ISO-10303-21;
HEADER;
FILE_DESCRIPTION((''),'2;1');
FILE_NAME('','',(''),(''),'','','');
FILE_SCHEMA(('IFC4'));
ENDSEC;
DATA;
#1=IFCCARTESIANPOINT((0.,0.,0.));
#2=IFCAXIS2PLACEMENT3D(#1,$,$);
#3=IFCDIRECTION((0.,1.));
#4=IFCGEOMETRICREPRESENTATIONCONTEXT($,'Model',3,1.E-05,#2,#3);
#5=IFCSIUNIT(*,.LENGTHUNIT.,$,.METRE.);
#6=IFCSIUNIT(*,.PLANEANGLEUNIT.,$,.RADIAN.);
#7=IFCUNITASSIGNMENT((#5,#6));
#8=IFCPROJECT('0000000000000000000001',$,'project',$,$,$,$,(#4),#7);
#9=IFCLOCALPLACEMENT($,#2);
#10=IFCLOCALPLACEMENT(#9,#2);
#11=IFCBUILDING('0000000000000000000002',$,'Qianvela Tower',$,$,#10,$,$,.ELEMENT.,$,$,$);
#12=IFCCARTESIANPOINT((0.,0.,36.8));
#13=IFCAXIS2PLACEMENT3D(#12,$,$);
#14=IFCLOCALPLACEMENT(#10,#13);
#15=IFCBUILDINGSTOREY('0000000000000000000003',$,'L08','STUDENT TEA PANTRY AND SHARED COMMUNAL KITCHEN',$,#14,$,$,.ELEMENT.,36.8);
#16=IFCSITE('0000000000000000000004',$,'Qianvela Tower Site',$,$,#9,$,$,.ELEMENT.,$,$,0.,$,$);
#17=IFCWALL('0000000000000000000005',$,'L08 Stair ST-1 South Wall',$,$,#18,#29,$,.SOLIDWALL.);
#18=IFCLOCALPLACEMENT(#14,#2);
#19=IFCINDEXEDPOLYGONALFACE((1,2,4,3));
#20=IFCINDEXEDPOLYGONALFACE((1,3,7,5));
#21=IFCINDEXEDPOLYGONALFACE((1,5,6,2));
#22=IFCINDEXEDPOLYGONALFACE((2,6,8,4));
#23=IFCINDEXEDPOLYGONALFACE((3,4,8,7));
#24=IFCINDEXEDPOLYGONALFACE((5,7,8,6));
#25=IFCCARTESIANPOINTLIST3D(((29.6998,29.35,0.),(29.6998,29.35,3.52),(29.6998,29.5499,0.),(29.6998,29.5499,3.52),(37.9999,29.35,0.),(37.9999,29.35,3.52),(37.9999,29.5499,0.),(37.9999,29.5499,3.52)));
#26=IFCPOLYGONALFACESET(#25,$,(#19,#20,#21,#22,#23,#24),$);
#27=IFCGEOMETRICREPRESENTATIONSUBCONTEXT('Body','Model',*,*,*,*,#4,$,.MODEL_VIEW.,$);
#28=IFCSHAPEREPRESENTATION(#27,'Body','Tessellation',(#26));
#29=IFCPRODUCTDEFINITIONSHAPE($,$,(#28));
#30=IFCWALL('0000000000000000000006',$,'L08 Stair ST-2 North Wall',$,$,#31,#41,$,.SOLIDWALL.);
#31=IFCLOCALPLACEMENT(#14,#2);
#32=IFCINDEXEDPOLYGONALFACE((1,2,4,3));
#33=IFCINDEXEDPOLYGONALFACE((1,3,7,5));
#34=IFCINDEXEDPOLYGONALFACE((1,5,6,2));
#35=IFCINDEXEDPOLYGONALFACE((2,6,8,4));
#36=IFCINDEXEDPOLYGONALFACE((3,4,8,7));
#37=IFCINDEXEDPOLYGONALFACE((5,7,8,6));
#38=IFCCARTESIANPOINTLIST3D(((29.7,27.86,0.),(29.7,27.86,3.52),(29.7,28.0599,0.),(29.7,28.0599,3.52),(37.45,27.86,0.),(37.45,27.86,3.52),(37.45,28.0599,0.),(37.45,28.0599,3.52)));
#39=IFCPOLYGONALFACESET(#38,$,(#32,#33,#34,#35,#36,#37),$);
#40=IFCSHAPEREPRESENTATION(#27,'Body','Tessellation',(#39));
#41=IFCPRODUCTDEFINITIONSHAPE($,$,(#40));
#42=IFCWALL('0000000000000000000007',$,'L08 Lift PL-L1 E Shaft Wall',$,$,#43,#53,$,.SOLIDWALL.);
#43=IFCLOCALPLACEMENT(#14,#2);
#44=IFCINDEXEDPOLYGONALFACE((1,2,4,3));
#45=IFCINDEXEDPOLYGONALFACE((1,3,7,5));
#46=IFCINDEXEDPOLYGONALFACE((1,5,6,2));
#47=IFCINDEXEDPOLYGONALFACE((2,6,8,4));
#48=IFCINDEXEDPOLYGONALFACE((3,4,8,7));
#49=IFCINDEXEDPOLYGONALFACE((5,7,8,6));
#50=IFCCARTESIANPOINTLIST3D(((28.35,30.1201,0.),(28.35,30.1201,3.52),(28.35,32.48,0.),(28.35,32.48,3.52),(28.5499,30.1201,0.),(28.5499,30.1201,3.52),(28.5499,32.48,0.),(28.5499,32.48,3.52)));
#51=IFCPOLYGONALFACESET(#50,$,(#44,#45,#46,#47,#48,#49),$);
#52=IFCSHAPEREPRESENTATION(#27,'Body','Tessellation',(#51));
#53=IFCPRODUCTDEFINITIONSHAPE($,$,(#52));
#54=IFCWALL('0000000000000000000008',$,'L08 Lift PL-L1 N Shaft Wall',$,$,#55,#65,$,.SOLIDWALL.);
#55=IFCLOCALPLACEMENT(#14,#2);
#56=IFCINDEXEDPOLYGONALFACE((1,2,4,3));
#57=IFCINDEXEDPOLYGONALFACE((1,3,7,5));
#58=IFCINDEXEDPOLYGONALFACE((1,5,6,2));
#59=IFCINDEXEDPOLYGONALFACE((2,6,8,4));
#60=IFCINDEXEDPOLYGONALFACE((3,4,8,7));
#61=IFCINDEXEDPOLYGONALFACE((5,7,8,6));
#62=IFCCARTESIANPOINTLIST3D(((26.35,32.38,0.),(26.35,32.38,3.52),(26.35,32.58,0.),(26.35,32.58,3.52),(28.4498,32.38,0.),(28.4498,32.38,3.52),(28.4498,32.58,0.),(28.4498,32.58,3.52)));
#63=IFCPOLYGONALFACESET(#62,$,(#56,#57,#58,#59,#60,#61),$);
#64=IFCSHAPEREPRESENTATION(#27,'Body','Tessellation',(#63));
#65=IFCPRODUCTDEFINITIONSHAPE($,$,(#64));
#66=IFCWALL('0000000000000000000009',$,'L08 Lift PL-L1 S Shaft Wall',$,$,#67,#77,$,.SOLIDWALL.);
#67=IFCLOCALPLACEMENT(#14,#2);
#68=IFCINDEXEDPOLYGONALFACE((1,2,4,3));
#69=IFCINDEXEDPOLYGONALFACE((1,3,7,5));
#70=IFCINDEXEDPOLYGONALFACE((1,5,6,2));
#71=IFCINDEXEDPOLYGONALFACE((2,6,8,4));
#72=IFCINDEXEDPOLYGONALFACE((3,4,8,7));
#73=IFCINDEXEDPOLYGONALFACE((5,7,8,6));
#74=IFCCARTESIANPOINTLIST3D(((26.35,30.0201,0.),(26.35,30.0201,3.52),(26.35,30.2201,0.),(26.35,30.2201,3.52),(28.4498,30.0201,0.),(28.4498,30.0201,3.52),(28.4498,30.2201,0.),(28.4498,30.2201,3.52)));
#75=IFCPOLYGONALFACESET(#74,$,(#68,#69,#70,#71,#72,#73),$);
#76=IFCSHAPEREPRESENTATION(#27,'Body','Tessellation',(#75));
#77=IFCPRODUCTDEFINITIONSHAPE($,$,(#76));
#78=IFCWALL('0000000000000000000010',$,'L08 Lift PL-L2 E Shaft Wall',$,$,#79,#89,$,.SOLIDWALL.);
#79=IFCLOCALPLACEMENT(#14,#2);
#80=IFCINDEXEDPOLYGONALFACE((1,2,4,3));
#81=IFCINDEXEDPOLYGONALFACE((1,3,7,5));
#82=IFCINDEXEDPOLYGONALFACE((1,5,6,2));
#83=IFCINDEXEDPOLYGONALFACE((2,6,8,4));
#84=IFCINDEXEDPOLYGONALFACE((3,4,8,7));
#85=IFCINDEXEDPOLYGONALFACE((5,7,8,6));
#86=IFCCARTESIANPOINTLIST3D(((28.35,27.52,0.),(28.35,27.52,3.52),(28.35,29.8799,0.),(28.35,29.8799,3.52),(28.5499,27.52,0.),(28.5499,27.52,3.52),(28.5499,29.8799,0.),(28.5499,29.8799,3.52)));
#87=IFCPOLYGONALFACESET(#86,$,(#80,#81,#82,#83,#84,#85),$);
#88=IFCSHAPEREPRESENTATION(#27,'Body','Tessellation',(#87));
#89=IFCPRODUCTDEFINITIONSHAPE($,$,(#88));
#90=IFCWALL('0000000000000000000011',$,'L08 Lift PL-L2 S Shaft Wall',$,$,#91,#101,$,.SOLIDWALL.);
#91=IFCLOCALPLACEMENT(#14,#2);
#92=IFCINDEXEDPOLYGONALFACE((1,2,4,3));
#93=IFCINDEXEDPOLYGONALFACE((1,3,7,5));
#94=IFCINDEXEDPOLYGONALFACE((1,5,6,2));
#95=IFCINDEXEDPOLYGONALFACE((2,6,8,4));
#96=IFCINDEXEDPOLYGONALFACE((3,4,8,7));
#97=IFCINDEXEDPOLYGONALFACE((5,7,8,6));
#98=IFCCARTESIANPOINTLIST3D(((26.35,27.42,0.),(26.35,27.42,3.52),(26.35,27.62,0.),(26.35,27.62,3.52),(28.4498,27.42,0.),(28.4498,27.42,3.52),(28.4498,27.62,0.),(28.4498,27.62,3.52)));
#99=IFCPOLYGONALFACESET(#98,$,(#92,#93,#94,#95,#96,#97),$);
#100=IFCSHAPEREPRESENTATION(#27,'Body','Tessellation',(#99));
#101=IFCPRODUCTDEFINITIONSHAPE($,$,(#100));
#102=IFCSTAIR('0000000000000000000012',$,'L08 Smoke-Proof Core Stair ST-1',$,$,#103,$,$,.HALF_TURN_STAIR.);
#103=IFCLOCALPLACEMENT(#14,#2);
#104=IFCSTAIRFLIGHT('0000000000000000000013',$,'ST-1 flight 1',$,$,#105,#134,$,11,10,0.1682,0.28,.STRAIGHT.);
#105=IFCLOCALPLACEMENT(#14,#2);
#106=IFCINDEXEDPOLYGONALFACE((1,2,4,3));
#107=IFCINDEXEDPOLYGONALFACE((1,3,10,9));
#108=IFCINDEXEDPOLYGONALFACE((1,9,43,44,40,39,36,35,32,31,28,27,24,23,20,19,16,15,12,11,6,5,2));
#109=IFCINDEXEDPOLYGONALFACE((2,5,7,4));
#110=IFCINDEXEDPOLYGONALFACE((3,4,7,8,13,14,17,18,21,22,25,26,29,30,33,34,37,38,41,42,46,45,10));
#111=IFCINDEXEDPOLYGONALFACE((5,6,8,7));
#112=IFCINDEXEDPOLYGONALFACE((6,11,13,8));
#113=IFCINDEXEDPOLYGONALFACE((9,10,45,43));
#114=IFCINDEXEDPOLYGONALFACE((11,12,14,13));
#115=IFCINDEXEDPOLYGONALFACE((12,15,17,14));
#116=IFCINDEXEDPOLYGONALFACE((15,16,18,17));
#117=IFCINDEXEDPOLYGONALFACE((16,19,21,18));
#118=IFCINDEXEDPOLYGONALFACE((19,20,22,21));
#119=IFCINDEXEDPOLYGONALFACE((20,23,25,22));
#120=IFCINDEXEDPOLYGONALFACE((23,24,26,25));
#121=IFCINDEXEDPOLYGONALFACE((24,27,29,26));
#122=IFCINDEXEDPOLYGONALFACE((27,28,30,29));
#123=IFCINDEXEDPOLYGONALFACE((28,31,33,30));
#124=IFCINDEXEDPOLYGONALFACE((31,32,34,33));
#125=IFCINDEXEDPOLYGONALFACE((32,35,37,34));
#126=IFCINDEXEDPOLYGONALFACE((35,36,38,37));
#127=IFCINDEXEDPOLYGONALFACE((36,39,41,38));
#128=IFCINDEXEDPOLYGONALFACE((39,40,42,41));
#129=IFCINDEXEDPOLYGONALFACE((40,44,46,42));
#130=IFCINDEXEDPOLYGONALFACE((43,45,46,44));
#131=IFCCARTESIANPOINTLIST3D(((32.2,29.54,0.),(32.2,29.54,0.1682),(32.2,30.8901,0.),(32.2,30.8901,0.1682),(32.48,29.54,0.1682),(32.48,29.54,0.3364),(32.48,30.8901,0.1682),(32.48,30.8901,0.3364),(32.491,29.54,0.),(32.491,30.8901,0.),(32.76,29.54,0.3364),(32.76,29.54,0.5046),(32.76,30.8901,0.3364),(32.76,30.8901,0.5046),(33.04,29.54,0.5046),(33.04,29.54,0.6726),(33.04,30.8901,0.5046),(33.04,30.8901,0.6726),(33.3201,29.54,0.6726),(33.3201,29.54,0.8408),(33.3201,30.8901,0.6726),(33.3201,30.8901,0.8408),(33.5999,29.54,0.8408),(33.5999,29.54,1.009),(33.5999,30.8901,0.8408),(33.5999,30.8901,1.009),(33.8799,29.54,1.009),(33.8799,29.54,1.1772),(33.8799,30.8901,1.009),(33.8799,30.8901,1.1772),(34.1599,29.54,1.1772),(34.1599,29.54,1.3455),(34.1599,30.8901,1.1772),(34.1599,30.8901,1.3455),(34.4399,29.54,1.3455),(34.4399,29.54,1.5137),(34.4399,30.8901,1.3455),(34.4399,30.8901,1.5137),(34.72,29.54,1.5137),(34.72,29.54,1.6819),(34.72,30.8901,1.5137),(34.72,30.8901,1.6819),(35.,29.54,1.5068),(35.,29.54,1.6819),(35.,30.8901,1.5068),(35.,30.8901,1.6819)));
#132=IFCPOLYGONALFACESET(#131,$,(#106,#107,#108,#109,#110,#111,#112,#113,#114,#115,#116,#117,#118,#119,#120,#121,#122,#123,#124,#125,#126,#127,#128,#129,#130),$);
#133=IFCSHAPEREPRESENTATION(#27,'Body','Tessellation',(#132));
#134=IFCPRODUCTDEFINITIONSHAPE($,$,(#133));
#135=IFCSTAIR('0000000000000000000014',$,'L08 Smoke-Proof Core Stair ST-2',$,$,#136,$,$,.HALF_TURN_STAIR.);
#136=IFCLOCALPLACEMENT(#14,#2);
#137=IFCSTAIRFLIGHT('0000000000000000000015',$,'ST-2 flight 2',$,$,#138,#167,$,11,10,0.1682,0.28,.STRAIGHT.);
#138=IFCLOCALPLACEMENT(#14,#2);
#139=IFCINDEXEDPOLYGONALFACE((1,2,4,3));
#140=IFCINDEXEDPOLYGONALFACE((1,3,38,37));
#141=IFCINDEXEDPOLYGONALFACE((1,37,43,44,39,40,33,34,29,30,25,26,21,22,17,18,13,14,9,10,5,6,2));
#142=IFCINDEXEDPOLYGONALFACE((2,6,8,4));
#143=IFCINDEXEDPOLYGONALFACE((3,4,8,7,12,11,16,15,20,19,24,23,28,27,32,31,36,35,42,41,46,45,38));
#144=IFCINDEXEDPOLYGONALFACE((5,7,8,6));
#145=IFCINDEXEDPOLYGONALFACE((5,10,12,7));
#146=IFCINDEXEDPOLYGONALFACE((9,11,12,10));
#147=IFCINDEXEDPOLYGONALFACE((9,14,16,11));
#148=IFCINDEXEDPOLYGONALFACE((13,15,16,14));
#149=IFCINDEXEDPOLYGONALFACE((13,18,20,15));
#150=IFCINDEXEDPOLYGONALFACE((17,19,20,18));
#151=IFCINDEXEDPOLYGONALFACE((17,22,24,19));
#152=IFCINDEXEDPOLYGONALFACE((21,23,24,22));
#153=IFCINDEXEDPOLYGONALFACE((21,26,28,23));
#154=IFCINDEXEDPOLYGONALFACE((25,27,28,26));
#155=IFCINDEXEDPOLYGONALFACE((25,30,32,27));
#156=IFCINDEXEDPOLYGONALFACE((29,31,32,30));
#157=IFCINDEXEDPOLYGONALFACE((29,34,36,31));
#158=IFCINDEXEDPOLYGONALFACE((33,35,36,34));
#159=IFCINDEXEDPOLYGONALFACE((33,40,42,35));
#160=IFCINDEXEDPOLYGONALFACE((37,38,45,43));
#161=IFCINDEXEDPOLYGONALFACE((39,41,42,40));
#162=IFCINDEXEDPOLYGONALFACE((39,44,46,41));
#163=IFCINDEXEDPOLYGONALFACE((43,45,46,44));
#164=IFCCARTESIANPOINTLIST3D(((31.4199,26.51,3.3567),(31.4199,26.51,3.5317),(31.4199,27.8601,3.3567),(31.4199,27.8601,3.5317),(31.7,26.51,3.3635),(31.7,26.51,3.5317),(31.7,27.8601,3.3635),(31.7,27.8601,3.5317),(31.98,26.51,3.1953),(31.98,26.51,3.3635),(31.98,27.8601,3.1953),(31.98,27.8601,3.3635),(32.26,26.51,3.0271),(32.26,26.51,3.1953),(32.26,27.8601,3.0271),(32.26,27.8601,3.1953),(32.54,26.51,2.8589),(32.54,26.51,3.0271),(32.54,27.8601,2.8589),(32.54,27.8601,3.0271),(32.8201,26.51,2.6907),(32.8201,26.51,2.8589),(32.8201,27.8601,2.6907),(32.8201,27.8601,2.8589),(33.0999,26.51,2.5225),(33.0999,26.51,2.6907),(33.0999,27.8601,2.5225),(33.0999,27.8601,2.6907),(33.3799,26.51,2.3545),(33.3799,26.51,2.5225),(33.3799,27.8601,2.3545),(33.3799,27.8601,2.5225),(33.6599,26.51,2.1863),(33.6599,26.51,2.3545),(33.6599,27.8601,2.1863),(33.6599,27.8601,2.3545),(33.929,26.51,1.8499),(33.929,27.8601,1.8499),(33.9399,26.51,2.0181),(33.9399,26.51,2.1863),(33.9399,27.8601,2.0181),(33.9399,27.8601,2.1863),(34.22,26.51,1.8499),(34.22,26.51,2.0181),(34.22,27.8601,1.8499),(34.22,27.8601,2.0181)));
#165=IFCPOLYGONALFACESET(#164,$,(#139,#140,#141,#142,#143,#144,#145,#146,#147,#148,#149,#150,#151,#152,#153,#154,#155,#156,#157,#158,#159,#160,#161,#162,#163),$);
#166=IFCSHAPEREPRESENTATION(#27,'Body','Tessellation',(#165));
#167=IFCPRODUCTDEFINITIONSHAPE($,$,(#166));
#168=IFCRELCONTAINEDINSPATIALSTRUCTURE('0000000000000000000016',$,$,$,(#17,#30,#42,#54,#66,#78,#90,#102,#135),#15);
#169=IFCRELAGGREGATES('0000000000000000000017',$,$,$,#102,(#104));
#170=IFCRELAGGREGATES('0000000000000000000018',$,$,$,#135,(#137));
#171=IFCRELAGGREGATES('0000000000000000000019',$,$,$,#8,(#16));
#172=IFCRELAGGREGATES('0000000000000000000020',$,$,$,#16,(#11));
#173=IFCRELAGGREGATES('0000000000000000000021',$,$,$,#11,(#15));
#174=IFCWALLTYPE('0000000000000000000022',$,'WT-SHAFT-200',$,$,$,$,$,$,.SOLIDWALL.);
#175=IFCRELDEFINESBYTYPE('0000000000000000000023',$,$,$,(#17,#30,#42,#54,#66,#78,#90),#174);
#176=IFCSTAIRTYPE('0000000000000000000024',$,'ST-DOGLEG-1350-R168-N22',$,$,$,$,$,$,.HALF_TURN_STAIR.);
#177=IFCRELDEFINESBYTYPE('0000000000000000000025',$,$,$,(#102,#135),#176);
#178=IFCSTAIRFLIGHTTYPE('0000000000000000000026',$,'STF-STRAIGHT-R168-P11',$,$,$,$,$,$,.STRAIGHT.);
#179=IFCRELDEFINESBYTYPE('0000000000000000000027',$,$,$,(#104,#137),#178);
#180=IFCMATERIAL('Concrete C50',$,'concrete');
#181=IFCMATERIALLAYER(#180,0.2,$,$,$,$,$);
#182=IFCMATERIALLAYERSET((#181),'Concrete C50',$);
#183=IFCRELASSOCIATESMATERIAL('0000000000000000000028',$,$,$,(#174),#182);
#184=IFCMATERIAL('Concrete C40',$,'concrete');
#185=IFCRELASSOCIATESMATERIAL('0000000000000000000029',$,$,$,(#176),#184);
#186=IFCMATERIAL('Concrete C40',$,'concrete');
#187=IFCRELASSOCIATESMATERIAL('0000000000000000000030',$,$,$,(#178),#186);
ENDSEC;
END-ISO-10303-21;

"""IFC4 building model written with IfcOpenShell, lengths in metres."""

from ifc_helpers import new_model, si_unit, direction, frame, frame_2d, origin, place, context, subcontext, project, spatial, polyline, rectangle, outline, extrude, material, layer, layer_set, type_object, element, aggregate, save


model = new_model("IFC4")

# Units and contexts
model_context = context("Model", 3, precision=1e-05, world=origin(), true_north=direction((0.0, 1.0)))
body_context = subcontext(model_context, "Body", "Model", "MODEL_VIEW")
ifc_project = project(units=[si_unit("LENGTHUNIT", "METRE"), si_unit("PLANEANGLEUNIT", "RADIAN")], contexts=[model_context])

# Site, building, storey
site_placement = place(None, origin())
site = spatial("IfcSite", under=ifc_project, at=site_placement, Name="Qianvela Tower Site", CompositionType="ELEMENT", RefElevation=0.0)
building_placement = place(site_placement, origin())
building = spatial("IfcBuilding", under=site, at=building_placement, Name="Qianvela Tower", CompositionType="ELEMENT")
storey_placement = place(building_placement, frame((0.0, 0.0, 36.8)))
storey = spatial("IfcBuildingStorey", under=building, at=storey_placement, Name="L08", Description="STUDENT TEA PANTRY AND SHARED COMMUNAL KITCHEN", CompositionType="ELEMENT", Elevation=36.8)

# Walls
ifc_material_1 = material(Name="Concrete C50", Category="concrete")
ifc_layer_1 = layer(ifc_material_1, 0.2)
ifc_layer_set_1 = layer_set([ifc_layer_1], Name="Concrete C50")
wall_type_1 = type_object("IfcWallType", Name="WT-SHAFT-200", PredefinedType="SOLIDWALL", material=ifc_layer_set_1)
wall_1_placement = place(storey_placement, frame((29.7, 29.45, 0.0), z_axis=(0.0, 0.0, 1.0), x_axis=(1.0, 0.0, 0.0)))
element("IfcWall", 1, at=wall_1_placement, inside=storey, type_object=wall_type_1, Name="L08 Stair ST-1 South Wall", PredefinedType="SOLIDWALL", context=body_context, shape_type="SweptSolid", body=[
    extrude(rectangle(XDim=8.3, YDim=0.2, at=frame_2d((4.1499, 0.0))), origin(), (0.0, 0.0, 1.0), 3.52),
])
wall_2_placement = place(storey_placement, frame((29.7, 27.96, 0.0), z_axis=(0.0, 0.0, 1.0), x_axis=(1.0, 0.0, 0.0)))
element("IfcWall", 2, at=wall_2_placement, inside=storey, type_object=wall_type_1, Name="L08 Stair ST-2 North Wall", PredefinedType="SOLIDWALL", context=body_context, shape_type="SweptSolid", body=[
    extrude(rectangle(XDim=7.75, YDim=0.2, at=frame_2d((3.875, 0.0))), origin(), (0.0, 0.0, 1.0), 3.52),
])
wall_3_placement = place(storey_placement, frame((28.45, 30.1201, 0.0), z_axis=(0.0, 0.0, 1.0), x_axis=(0.0, 1.0, 0.0)))
element("IfcWall", 3, at=wall_3_placement, inside=storey, type_object=wall_type_1, Name="L08 Lift PL-L1 E Shaft Wall", PredefinedType="SOLIDWALL", context=body_context, shape_type="SweptSolid", body=[
    extrude(rectangle(XDim=2.3599, YDim=0.2, at=frame_2d((1.1799, 0.0))), origin(), (0.0, 0.0, 1.0), 3.52),
])

# Walls
for number, where, z_axis, x_axis, name in (
    (4, (26.3501, 32.48, 0.0), (0.0, 0.0, 1.0), (1.0, 0.0, 0.0), "L08 Lift PL-L1 N Shaft Wall"),
    (5, (26.3501, 30.1201, 0.0), (0.0, 0.0, 1.0), (1.0, 0.0, 0.0), "L08 Lift PL-L1 S Shaft Wall"),
):
    element("IfcWall", number, at=place(storey_placement, frame(where, z_axis=z_axis, x_axis=x_axis)), inside=storey, type_object=wall_type_1, Name=name, PredefinedType="SOLIDWALL", context=body_context, shape_type="SweptSolid", body=[
        extrude(rectangle(XDim=2.0999, YDim=0.2, at=frame_2d((1.0498, 0.0))), origin(), (0.0, 0.0, 1.0), 3.52),
    ])
wall_4_placement = place(storey_placement, frame((28.45, 27.52, 0.0), z_axis=(0.0, 0.0, 1.0), x_axis=(0.0, 1.0, 0.0)))
element("IfcWall", 6, at=wall_4_placement, inside=storey, type_object=wall_type_1, Name="L08 Lift PL-L2 E Shaft Wall", PredefinedType="SOLIDWALL", context=body_context, shape_type="SweptSolid", body=[
    extrude(rectangle(XDim=2.3599, YDim=0.2, at=frame_2d((1.1799, 0.0))), origin(), (0.0, 0.0, 1.0), 3.52),
])

# Wall
wall_5_placement = place(storey_placement, frame((26.3501, 27.52, 0.0), z_axis=(0.0, 0.0, 1.0), x_axis=(1.0, 0.0, 0.0)))
element("IfcWall", 7, at=wall_5_placement, inside=storey, type_object=wall_type_1, Name="L08 Lift PL-L2 S Shaft Wall", PredefinedType="SOLIDWALL", context=body_context, shape_type="SweptSolid", body=[
    extrude(rectangle(XDim=2.0999, YDim=0.2, at=frame_2d((1.0498, 0.0))), origin(), (0.0, 0.0, 1.0), 3.52),
])

# Stairs, stair flights
ifc_material_2 = material(Name="Concrete C40", Category="concrete")
stair_type = type_object("IfcStairType", Name="ST-DOGLEG-1350-R168-N22", PredefinedType="HALF_TURN_STAIR", material=ifc_material_2)
stair_1_placement = place(storey_placement, origin())
stair_1 = element("IfcStair", 8, at=stair_1_placement, inside=storey, type_object=stair_type, Name="L08 Smoke-Proof Core Stair ST-1", PredefinedType="HALF_TURN_STAIR")
ifc_material_3 = material(Name="Concrete C40", Category="concrete")
stair_flight_type = type_object("IfcStairFlightType", Name="STF-STRAIGHT-R168-P11", PredefinedType="STRAIGHT", material=ifc_material_3)
stair_flight_1_placement = place(storey_placement, frame((32.2, 30.2151, 0.0), z_axis=(0.0, 0.0, 1.0), x_axis=(1.0, 0.0, 0.0)))
stair_flight_1 = element("IfcStairFlight", 9, at=stair_flight_1_placement, type_object=stair_flight_type, Name="ST-1 flight 1", NumberOfRisers=11, NumberOfTreads=10, PredefinedType="STRAIGHT", RiserHeight=0.1682, TreadLength=0.28, context=body_context, shape_type="SweptSolid", body=[
    extrude(outline(polyline([(0.0, 0.0), (0.0, 0.1682), (0.28, 0.1682), (0.28, 0.3364), (0.5601, 0.3364), (0.5601, 0.5046), (0.8401, 0.5046), (0.8401, 0.6726), (1.1201, 0.6726), (1.1201, 0.8408), (1.3999, 0.8408), (1.3999, 1.009), (1.6799, 1.009), (1.6799, 1.1772), (1.96, 1.1772), (1.96, 1.3455), (2.24, 1.3455), (2.24, 1.5137), (2.52, 1.5137), (2.52, 1.6819), (2.8, 1.6819), (2.8, 1.8501), (2.8, 1.5068), (0.291, 0.0), (0.0, 0.0)])), frame((0.0, 0.675, 0.0), z_axis=(0.0, -1.0, 0.0), x_axis=(1.0, 0.0, 0.0)), (0.0, 0.0, 1.0), 1.3501),
])
aggregate(stair_1, [stair_flight_1])
stair_2_placement = place(storey_placement, origin())
stair_2 = element("IfcStair", 10, at=stair_2_placement, inside=storey, type_object=stair_type, Name="L08 Smoke-Proof Core Stair ST-2", PredefinedType="HALF_TURN_STAIR")
stair_flight_2_placement = place(storey_placement, frame((34.22, 27.1851, 1.8499), z_axis=(0.0, 0.0, 1.0), x_axis=(-1.0, 0.0, 0.0)))
stair_flight_2 = element("IfcStairFlight", 11, at=stair_flight_2_placement, type_object=stair_flight_type, Name="ST-2 flight 2", NumberOfRisers=11, NumberOfTreads=10, PredefinedType="STRAIGHT", RiserHeight=0.1682, TreadLength=0.28, context=body_context, shape_type="SweptSolid", body=[
    extrude(outline(polyline([(0.0, 0.0), (0.0, 0.1682), (0.28, 0.1682), (0.28, 0.3364), (0.5601, 0.3364), (0.5601, 0.5046), (0.8401, 0.5046), (0.8401, 0.6726), (1.1201, 0.6726), (1.1201, 0.8408), (1.3999, 0.8408), (1.3999, 1.009), (1.6799, 1.009), (1.6799, 1.1772), (1.96, 1.1772), (1.96, 1.3455), (2.24, 1.3455), (2.24, 1.5137), (2.52, 1.5137), (2.52, 1.6819), (2.8, 1.6819), (2.8, 1.8501), (2.8, 1.5068), (0.291, 0.0), (0.0, 0.0)])), frame((0.0, 0.675, 0.0), z_axis=(0.0, -1.0, 0.0), x_axis=(1.0, 0.0, 0.0)), (0.0, 0.0, 1.0), 1.3501),
])
aggregate(stair_2, [stair_flight_2])

save(model, "model.ifc")
